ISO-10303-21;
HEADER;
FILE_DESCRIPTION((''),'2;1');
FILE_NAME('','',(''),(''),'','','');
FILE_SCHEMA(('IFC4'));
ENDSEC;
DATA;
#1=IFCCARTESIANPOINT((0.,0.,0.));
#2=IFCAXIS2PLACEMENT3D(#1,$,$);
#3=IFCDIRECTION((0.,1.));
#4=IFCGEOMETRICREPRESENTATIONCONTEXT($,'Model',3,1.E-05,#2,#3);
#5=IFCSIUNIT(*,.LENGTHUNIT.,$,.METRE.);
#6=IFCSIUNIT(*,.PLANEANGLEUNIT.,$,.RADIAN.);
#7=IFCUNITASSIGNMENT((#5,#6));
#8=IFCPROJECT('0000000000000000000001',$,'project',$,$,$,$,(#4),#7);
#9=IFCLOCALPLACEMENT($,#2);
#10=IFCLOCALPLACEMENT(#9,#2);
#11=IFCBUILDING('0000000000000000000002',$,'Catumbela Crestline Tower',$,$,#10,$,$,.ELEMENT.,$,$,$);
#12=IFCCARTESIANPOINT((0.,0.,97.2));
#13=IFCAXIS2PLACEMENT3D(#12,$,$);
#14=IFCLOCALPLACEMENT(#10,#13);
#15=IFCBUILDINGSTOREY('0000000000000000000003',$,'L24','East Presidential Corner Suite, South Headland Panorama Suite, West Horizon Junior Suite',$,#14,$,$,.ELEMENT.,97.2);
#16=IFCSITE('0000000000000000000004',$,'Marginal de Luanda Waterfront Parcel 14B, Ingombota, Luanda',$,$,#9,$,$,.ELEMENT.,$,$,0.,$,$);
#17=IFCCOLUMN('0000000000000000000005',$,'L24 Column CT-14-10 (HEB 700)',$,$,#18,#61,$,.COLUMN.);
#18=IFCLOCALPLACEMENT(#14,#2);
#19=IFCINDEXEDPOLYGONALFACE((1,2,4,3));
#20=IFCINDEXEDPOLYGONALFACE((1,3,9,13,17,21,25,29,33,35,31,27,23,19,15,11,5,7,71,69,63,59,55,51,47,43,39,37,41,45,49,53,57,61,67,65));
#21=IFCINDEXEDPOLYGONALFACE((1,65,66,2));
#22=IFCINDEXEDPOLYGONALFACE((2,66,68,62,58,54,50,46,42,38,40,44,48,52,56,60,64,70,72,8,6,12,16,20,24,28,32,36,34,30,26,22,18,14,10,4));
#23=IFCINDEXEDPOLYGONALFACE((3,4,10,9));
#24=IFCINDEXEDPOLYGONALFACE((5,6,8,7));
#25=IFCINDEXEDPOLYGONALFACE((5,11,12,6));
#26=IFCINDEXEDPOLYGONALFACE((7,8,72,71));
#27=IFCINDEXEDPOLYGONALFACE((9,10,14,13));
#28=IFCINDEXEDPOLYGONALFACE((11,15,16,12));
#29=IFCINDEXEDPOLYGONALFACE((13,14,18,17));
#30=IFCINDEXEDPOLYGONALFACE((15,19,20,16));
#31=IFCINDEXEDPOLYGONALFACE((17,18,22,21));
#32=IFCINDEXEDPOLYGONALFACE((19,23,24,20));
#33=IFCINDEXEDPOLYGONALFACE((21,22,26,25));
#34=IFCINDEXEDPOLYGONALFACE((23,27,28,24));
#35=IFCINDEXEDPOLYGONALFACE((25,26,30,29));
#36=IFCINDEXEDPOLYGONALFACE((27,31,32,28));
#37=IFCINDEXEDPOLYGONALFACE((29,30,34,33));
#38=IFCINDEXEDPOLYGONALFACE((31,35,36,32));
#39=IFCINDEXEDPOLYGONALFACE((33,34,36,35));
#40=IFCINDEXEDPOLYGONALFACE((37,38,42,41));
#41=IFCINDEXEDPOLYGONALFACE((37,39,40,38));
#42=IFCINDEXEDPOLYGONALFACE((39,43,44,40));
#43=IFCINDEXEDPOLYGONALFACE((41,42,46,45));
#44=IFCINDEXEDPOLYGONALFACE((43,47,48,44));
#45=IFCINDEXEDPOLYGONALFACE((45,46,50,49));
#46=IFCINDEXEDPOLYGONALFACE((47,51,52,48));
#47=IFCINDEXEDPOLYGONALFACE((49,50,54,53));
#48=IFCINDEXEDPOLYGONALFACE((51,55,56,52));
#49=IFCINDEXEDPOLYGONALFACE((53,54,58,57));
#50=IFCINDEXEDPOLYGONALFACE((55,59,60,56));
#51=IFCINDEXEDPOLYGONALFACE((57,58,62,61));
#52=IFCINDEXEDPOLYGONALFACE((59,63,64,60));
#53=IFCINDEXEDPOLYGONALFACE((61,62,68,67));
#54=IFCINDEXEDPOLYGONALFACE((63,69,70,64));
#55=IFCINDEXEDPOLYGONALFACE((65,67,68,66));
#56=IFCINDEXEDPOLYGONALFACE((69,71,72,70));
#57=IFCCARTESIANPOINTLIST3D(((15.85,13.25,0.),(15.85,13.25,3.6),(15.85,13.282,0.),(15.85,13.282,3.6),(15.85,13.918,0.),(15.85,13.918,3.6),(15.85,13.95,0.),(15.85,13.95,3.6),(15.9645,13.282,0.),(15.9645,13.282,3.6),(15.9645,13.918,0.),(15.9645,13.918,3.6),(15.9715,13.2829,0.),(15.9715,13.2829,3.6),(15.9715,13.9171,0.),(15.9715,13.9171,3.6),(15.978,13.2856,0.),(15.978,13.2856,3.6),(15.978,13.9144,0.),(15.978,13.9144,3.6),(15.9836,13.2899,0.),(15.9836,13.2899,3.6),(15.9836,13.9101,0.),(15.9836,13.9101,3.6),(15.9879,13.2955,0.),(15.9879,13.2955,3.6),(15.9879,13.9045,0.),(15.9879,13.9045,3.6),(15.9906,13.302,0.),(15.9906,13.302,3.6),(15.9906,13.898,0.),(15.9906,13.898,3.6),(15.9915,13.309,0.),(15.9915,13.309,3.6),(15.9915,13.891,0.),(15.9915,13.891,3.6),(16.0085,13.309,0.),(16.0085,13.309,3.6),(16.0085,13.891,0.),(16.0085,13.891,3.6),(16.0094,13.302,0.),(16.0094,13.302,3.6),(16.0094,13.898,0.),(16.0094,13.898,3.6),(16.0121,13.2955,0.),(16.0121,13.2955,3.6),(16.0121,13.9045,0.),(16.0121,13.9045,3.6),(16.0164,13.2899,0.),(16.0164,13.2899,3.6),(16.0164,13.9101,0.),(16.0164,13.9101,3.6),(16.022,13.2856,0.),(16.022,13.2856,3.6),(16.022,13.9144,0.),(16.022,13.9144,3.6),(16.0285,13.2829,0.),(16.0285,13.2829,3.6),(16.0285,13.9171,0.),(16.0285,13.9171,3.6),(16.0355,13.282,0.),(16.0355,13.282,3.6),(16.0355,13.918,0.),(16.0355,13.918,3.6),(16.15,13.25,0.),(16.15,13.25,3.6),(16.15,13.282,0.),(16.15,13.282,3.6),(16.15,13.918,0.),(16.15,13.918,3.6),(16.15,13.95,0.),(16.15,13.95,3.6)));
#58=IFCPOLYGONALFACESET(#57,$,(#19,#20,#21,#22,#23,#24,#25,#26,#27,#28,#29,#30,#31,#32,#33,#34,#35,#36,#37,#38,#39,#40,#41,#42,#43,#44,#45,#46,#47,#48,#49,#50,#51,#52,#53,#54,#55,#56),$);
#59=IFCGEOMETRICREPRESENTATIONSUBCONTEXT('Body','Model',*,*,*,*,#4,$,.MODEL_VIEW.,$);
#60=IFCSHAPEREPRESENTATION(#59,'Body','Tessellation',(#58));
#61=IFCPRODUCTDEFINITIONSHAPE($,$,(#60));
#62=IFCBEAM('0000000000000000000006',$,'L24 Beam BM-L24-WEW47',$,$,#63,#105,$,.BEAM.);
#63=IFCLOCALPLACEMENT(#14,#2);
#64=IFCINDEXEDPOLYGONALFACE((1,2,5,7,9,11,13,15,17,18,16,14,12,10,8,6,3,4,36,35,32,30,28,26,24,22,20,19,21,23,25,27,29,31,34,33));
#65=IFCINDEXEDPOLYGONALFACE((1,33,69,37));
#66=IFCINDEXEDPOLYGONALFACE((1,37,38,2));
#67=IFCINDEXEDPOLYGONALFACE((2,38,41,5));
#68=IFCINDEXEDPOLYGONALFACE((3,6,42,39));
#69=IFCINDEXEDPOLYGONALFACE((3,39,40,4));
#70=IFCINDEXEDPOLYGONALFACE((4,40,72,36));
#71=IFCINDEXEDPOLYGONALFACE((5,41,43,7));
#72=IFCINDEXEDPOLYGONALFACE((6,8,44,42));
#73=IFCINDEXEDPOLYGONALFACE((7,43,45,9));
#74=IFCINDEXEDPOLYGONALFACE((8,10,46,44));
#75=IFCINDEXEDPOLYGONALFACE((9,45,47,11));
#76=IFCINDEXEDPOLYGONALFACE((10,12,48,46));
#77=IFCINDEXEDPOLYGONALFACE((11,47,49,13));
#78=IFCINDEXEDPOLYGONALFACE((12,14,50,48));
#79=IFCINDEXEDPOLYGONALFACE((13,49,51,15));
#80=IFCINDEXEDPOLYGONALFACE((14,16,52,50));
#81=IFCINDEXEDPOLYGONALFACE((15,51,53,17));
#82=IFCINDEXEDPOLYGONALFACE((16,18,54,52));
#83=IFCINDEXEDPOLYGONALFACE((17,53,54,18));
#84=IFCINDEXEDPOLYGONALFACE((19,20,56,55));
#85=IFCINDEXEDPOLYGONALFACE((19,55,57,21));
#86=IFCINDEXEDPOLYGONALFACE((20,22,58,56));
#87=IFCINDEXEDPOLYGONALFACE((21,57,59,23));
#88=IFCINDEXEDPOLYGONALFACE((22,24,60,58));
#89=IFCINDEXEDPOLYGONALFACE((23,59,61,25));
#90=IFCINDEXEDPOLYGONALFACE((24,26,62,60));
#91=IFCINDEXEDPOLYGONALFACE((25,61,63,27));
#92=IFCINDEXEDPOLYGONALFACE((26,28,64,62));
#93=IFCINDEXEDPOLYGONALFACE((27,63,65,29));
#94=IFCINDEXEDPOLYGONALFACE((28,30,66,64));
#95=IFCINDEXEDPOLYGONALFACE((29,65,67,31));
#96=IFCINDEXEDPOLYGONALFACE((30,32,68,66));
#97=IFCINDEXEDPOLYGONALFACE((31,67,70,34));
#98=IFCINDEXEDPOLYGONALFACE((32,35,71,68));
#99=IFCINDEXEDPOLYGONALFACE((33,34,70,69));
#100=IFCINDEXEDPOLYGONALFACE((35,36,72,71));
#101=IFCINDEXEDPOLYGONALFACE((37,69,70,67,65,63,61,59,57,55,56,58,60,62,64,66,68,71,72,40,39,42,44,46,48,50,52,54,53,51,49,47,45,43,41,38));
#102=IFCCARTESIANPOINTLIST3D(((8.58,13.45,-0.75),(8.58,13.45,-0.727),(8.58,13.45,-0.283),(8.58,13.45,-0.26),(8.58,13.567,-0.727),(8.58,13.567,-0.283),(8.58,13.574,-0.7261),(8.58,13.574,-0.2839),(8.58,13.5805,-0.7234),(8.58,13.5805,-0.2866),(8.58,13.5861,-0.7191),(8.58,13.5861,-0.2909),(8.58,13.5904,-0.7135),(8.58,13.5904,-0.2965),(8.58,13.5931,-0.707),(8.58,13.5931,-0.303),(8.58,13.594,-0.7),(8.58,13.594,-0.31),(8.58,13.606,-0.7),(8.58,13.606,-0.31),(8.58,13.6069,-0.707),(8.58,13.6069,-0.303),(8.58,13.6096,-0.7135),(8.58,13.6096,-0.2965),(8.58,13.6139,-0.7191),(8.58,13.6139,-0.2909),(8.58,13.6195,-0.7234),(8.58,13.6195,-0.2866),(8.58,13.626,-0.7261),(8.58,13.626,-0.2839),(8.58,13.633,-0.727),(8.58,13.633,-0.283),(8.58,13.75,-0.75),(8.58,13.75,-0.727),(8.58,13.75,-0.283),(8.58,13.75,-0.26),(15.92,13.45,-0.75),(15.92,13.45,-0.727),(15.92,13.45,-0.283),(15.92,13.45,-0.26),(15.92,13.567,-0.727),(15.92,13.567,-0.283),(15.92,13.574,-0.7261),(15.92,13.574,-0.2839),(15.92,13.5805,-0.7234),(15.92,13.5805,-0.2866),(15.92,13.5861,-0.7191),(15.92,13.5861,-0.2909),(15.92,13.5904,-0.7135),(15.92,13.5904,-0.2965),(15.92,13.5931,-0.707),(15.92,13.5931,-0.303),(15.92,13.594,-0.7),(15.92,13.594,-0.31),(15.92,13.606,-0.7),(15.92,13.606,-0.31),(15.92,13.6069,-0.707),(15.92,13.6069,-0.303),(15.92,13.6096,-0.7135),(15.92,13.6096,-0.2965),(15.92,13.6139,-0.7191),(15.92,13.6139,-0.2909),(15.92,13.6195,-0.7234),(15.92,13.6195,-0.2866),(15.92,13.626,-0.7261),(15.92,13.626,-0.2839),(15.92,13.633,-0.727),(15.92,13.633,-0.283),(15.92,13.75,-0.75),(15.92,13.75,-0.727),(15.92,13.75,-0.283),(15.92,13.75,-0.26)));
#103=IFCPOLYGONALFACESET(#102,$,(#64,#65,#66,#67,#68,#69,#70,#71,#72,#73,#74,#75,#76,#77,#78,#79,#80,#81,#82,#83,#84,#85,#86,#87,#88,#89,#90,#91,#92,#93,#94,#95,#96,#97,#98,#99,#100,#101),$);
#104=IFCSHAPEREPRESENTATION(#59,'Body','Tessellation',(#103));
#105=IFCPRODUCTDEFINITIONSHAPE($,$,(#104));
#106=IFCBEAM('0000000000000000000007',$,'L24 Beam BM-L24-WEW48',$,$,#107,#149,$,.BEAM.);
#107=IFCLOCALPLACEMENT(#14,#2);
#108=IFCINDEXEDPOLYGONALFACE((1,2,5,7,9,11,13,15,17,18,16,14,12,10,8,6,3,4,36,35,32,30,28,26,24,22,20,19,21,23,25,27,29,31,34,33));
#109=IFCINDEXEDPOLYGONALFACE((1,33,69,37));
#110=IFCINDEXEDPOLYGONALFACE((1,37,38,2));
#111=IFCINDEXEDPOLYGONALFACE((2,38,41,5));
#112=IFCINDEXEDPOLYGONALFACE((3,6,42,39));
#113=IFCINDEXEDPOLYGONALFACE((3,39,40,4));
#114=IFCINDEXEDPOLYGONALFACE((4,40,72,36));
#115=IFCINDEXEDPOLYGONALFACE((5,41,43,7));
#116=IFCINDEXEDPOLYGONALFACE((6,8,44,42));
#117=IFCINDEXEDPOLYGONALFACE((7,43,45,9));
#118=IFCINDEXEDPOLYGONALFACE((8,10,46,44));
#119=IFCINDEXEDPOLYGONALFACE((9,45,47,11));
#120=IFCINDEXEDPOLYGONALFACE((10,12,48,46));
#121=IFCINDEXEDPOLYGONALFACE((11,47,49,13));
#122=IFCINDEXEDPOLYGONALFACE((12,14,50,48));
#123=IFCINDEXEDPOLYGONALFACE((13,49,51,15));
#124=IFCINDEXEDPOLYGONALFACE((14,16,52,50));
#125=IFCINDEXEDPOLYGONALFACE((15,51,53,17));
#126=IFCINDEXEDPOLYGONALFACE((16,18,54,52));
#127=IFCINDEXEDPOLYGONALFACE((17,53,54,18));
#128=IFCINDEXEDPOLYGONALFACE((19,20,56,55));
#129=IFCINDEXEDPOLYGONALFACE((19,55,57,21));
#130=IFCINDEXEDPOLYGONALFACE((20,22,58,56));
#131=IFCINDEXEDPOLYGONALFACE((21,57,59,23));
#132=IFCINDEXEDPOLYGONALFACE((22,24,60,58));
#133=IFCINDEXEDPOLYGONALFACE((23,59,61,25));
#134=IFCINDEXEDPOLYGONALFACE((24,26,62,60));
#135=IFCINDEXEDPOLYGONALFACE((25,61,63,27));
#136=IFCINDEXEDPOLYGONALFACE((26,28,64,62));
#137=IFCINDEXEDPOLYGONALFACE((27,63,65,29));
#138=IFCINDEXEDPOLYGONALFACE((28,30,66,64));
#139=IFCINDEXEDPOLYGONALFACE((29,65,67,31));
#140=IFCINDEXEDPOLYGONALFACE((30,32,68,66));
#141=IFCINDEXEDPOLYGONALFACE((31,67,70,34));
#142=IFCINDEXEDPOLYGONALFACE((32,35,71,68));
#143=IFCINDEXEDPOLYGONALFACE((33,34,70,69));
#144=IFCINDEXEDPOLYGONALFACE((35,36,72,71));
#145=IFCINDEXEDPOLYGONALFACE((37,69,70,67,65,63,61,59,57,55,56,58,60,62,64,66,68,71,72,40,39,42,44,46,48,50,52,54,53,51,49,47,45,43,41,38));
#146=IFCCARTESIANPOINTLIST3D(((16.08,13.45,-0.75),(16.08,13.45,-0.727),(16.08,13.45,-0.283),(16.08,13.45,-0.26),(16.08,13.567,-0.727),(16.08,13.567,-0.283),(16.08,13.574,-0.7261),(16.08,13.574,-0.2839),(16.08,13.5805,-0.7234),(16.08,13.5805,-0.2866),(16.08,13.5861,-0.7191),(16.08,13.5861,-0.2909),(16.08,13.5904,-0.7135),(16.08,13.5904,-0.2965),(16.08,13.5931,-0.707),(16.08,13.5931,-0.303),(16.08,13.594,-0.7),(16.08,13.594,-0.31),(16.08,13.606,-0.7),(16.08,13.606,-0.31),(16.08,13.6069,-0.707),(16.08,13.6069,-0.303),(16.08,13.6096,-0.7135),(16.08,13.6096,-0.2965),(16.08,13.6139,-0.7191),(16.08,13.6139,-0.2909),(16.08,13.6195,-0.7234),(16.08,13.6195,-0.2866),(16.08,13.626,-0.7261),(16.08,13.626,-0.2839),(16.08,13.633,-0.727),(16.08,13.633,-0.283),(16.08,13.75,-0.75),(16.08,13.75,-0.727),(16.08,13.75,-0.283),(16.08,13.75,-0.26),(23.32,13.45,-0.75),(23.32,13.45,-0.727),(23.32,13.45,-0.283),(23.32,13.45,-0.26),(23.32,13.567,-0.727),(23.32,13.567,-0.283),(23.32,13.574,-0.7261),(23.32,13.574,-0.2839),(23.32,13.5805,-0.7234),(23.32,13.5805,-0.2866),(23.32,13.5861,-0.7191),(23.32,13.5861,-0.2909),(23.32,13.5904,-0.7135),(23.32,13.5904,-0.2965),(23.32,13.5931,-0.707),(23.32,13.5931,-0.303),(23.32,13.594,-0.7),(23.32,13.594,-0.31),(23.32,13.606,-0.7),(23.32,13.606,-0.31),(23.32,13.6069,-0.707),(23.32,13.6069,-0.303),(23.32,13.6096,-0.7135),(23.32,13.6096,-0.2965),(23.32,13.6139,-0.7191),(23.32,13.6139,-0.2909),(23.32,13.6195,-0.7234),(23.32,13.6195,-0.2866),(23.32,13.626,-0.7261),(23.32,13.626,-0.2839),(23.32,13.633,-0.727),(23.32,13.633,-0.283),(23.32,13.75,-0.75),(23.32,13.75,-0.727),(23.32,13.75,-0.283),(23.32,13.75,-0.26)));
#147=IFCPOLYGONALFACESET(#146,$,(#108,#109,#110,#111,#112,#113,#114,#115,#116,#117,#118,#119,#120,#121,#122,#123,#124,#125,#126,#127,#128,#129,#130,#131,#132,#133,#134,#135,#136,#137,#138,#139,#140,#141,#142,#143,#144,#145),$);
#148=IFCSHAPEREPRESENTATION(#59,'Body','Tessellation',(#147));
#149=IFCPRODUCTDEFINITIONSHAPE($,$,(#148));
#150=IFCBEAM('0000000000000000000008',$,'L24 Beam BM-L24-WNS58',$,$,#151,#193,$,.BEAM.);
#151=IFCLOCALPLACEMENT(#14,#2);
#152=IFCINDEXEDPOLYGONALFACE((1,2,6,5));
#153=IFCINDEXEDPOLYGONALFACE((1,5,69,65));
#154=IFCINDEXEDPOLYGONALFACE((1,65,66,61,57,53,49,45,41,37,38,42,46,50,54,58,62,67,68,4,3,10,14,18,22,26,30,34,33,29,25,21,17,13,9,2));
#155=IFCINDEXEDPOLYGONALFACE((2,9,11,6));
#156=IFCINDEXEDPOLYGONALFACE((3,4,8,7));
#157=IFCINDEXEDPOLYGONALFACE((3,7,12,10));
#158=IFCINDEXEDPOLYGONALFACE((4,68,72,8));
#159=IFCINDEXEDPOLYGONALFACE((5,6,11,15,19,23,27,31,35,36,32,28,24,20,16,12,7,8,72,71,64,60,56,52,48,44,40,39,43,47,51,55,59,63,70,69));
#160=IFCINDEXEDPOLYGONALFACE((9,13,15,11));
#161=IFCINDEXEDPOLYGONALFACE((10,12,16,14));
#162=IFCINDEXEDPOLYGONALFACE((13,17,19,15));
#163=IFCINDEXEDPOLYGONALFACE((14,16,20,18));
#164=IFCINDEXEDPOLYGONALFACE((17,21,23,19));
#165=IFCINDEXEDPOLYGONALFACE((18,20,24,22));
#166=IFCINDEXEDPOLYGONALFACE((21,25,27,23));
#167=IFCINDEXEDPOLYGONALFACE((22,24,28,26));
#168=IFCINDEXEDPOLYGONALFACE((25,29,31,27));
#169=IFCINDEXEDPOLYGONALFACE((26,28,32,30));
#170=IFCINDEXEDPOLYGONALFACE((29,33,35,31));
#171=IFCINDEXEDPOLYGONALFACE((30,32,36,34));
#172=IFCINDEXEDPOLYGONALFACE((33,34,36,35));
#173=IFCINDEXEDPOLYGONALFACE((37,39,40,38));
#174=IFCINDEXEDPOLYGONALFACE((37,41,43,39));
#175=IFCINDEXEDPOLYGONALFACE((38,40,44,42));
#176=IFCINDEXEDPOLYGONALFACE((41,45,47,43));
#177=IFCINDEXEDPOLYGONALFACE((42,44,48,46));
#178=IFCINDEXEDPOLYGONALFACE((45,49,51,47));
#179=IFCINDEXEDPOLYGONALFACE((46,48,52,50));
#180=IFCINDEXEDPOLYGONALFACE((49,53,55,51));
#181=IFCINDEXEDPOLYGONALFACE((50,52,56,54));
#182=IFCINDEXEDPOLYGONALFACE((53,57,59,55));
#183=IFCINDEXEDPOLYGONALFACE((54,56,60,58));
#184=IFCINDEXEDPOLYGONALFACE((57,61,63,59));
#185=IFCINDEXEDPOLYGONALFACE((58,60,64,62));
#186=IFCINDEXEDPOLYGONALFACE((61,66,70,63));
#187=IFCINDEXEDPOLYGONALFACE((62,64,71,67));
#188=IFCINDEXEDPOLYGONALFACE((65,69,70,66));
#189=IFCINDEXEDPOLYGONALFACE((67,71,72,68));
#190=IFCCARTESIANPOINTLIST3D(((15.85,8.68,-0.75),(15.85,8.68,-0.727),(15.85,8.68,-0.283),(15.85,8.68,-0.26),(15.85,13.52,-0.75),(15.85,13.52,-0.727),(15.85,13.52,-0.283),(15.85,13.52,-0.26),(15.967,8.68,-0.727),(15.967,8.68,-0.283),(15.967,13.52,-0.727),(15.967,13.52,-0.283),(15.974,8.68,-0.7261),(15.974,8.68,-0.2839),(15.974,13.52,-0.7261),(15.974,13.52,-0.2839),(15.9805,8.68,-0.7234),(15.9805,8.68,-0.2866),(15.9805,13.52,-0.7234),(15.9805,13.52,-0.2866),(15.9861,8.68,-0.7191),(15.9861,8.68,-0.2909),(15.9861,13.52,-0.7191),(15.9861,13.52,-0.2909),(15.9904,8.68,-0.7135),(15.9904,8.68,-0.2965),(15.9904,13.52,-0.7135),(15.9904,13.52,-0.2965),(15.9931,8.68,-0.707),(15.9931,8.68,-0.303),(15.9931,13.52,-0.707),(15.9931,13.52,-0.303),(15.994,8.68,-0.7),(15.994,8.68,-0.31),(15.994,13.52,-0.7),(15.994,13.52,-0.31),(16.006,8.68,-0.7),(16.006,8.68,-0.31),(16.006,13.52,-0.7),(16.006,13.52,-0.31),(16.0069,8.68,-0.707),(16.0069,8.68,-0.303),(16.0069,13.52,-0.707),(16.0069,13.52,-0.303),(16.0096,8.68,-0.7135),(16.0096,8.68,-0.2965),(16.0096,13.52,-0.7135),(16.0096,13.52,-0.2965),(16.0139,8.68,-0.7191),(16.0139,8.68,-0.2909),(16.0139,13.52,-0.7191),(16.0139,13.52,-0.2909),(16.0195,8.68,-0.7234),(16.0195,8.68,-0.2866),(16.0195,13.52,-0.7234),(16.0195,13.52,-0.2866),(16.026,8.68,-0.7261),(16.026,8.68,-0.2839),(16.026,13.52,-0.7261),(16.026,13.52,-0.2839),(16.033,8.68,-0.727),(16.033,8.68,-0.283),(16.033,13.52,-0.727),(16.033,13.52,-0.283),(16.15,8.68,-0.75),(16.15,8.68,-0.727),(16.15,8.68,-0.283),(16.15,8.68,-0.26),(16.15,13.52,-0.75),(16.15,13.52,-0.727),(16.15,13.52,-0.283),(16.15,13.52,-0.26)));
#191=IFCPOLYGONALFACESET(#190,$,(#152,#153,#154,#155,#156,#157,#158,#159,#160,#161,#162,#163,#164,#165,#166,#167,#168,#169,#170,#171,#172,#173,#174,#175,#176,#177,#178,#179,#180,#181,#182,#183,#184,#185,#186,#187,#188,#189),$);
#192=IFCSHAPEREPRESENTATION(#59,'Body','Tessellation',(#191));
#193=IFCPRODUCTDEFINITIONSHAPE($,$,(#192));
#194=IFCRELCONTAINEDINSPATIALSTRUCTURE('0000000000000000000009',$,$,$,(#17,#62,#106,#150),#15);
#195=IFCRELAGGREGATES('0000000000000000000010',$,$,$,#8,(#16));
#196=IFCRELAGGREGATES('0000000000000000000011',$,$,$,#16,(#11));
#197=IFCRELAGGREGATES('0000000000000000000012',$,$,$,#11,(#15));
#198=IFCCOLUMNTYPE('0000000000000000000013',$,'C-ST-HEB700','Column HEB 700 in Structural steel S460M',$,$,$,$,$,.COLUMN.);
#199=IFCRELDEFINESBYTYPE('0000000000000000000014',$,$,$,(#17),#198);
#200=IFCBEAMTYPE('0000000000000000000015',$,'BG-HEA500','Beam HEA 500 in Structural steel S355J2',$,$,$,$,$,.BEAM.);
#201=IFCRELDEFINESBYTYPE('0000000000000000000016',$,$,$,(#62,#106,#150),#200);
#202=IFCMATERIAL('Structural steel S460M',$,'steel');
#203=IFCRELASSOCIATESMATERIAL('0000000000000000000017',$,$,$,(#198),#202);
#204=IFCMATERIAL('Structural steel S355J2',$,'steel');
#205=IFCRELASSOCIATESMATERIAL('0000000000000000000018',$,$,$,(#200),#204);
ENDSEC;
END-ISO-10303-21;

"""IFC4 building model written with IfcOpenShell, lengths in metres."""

from ifc_helpers import new_model, si_unit, direction, frame, origin, origin_2d, place, context, subcontext, project, spatial, i_section, extrude, material, material_profile, profile_set, type_object, element, save


model = new_model("IFC4")

# Units and contexts
model_context = context("Model", 3, precision=1e-05, world=origin(), true_north=direction((0.0, 1.0)))
body_context = subcontext(model_context, "Body", "Model", "MODEL_VIEW")
ifc_project = project(units=[si_unit("LENGTHUNIT", "METRE"), si_unit("PLANEANGLEUNIT", "RADIAN")], contexts=[model_context])

# Site, building, storey
site_placement = place(None, origin())
site = spatial("IfcSite", under=ifc_project, at=site_placement, Name="Marginal de Luanda Waterfront Parcel 14B, Ingombota, Luanda", CompositionType="ELEMENT", RefElevation=0.0)
building_placement = place(site_placement, origin())
building = spatial("IfcBuilding", under=site, at=building_placement, Name="Catumbela Crestline Tower", CompositionType="ELEMENT")
storey_placement = place(building_placement, frame((0.0, 0.0, 97.2)))
storey = spatial("IfcBuildingStorey", under=building, at=storey_placement, Name="L24", Description="East Presidential Corner Suite, South Headland Panorama Suite, West Horizon Junior Suite", CompositionType="ELEMENT", Elevation=97.2)

# Column
ifc_material_1 = material(Name="Structural steel S460M", Category="steel")
ifc_material_profile_1 = material_profile(ifc_material_1, i_section(OverallWidth=0.3, OverallDepth=0.7, WebThickness=0.017, FlangeThickness=0.032, FilletRadius=0.027, at=origin_2d()), Name="HEB 700")
ifc_profile_set_1 = profile_set([ifc_material_profile_1], Name="Structural steel S460M")
column_type = type_object("IfcColumnType", Name="C-ST-HEB700", Description="Column HEB 700 in Structural steel S460M", PredefinedType="COLUMN", material=ifc_profile_set_1)
column_placement = place(storey_placement, frame((16.0, 13.6, 0.0), z_axis=(0.0, 0.0, 1.0), x_axis=(1.0, 0.0, 0.0)))
element("IfcColumn", 1, at=column_placement, inside=storey, type_object=column_type, Name="L24 Column CT-14-10 (HEB 700)", PredefinedType="COLUMN", context=body_context, shape_type="SweptSolid", body=[
    extrude(i_section(OverallWidth=0.3, OverallDepth=0.7, WebThickness=0.017, FlangeThickness=0.032, FilletRadius=0.027, at=origin_2d()), origin(), (0.0, 0.0, 1.0), 3.6),
])

# Beams
ifc_material_2 = material(Name="Structural steel S355J2", Category="steel")
ifc_material_profile_2 = material_profile(ifc_material_2, i_section(OverallWidth=0.3, OverallDepth=0.49, WebThickness=0.012, FlangeThickness=0.023, FilletRadius=0.027, at=origin_2d()), Name="HEA 500")
ifc_profile_set_2 = profile_set([ifc_material_profile_2], Name="Structural steel S355J2")
beam_type_1 = type_object("IfcBeamType", Name="BG-HEA500", Description="Beam HEA 500 in Structural steel S355J2", PredefinedType="BEAM", material=ifc_profile_set_2)
beam_1_placement = place(storey_placement, frame((8.58, 13.6, -0.505), z_axis=(1.0, 0.0, 0.0), x_axis=(0.0, 1.0, 0.0)))
element("IfcBeam", 2, at=beam_1_placement, inside=storey, type_object=beam_type_1, Name="L24 Beam BM-L24-WEW47", PredefinedType="BEAM", context=body_context, shape_type="SweptSolid", body=[
    extrude(i_section(OverallWidth=0.3, OverallDepth=0.49, WebThickness=0.012, FlangeThickness=0.023, FilletRadius=0.027, at=origin_2d()), origin(), (0.0, 0.0, 1.0), 7.34),
])
beam_2_placement = place(storey_placement, frame((16.08, 13.6, -0.505), z_axis=(1.0, 0.0, 0.0), x_axis=(0.0, 1.0, 0.0)))
element("IfcBeam", 3, at=beam_2_placement, inside=storey, type_object=beam_type_1, Name="L24 Beam BM-L24-WEW48", PredefinedType="BEAM", context=body_context, shape_type="SweptSolid", body=[
    extrude(i_section(OverallWidth=0.3, OverallDepth=0.49, WebThickness=0.012, FlangeThickness=0.023, FilletRadius=0.027, at=origin_2d()), origin(), (0.0, 0.0, 1.0), 7.24),
])
beam_3_placement = place(storey_placement, frame((16.0, 8.68, -0.505), z_axis=(0.0, 1.0, 0.0), x_axis=(-1.0, 0.0, 0.0)))
element("IfcBeam", 4, at=beam_3_placement, inside=storey, type_object=beam_type_1, Name="L24 Beam BM-L24-WNS58", PredefinedType="BEAM", context=body_context, shape_type="SweptSolid", body=[
    extrude(i_section(OverallWidth=0.3, OverallDepth=0.49, WebThickness=0.012, FlangeThickness=0.023, FilletRadius=0.027, at=origin_2d()), origin(), (0.0, 0.0, 1.0), 4.84),
])

save(model, "model.ifc")
